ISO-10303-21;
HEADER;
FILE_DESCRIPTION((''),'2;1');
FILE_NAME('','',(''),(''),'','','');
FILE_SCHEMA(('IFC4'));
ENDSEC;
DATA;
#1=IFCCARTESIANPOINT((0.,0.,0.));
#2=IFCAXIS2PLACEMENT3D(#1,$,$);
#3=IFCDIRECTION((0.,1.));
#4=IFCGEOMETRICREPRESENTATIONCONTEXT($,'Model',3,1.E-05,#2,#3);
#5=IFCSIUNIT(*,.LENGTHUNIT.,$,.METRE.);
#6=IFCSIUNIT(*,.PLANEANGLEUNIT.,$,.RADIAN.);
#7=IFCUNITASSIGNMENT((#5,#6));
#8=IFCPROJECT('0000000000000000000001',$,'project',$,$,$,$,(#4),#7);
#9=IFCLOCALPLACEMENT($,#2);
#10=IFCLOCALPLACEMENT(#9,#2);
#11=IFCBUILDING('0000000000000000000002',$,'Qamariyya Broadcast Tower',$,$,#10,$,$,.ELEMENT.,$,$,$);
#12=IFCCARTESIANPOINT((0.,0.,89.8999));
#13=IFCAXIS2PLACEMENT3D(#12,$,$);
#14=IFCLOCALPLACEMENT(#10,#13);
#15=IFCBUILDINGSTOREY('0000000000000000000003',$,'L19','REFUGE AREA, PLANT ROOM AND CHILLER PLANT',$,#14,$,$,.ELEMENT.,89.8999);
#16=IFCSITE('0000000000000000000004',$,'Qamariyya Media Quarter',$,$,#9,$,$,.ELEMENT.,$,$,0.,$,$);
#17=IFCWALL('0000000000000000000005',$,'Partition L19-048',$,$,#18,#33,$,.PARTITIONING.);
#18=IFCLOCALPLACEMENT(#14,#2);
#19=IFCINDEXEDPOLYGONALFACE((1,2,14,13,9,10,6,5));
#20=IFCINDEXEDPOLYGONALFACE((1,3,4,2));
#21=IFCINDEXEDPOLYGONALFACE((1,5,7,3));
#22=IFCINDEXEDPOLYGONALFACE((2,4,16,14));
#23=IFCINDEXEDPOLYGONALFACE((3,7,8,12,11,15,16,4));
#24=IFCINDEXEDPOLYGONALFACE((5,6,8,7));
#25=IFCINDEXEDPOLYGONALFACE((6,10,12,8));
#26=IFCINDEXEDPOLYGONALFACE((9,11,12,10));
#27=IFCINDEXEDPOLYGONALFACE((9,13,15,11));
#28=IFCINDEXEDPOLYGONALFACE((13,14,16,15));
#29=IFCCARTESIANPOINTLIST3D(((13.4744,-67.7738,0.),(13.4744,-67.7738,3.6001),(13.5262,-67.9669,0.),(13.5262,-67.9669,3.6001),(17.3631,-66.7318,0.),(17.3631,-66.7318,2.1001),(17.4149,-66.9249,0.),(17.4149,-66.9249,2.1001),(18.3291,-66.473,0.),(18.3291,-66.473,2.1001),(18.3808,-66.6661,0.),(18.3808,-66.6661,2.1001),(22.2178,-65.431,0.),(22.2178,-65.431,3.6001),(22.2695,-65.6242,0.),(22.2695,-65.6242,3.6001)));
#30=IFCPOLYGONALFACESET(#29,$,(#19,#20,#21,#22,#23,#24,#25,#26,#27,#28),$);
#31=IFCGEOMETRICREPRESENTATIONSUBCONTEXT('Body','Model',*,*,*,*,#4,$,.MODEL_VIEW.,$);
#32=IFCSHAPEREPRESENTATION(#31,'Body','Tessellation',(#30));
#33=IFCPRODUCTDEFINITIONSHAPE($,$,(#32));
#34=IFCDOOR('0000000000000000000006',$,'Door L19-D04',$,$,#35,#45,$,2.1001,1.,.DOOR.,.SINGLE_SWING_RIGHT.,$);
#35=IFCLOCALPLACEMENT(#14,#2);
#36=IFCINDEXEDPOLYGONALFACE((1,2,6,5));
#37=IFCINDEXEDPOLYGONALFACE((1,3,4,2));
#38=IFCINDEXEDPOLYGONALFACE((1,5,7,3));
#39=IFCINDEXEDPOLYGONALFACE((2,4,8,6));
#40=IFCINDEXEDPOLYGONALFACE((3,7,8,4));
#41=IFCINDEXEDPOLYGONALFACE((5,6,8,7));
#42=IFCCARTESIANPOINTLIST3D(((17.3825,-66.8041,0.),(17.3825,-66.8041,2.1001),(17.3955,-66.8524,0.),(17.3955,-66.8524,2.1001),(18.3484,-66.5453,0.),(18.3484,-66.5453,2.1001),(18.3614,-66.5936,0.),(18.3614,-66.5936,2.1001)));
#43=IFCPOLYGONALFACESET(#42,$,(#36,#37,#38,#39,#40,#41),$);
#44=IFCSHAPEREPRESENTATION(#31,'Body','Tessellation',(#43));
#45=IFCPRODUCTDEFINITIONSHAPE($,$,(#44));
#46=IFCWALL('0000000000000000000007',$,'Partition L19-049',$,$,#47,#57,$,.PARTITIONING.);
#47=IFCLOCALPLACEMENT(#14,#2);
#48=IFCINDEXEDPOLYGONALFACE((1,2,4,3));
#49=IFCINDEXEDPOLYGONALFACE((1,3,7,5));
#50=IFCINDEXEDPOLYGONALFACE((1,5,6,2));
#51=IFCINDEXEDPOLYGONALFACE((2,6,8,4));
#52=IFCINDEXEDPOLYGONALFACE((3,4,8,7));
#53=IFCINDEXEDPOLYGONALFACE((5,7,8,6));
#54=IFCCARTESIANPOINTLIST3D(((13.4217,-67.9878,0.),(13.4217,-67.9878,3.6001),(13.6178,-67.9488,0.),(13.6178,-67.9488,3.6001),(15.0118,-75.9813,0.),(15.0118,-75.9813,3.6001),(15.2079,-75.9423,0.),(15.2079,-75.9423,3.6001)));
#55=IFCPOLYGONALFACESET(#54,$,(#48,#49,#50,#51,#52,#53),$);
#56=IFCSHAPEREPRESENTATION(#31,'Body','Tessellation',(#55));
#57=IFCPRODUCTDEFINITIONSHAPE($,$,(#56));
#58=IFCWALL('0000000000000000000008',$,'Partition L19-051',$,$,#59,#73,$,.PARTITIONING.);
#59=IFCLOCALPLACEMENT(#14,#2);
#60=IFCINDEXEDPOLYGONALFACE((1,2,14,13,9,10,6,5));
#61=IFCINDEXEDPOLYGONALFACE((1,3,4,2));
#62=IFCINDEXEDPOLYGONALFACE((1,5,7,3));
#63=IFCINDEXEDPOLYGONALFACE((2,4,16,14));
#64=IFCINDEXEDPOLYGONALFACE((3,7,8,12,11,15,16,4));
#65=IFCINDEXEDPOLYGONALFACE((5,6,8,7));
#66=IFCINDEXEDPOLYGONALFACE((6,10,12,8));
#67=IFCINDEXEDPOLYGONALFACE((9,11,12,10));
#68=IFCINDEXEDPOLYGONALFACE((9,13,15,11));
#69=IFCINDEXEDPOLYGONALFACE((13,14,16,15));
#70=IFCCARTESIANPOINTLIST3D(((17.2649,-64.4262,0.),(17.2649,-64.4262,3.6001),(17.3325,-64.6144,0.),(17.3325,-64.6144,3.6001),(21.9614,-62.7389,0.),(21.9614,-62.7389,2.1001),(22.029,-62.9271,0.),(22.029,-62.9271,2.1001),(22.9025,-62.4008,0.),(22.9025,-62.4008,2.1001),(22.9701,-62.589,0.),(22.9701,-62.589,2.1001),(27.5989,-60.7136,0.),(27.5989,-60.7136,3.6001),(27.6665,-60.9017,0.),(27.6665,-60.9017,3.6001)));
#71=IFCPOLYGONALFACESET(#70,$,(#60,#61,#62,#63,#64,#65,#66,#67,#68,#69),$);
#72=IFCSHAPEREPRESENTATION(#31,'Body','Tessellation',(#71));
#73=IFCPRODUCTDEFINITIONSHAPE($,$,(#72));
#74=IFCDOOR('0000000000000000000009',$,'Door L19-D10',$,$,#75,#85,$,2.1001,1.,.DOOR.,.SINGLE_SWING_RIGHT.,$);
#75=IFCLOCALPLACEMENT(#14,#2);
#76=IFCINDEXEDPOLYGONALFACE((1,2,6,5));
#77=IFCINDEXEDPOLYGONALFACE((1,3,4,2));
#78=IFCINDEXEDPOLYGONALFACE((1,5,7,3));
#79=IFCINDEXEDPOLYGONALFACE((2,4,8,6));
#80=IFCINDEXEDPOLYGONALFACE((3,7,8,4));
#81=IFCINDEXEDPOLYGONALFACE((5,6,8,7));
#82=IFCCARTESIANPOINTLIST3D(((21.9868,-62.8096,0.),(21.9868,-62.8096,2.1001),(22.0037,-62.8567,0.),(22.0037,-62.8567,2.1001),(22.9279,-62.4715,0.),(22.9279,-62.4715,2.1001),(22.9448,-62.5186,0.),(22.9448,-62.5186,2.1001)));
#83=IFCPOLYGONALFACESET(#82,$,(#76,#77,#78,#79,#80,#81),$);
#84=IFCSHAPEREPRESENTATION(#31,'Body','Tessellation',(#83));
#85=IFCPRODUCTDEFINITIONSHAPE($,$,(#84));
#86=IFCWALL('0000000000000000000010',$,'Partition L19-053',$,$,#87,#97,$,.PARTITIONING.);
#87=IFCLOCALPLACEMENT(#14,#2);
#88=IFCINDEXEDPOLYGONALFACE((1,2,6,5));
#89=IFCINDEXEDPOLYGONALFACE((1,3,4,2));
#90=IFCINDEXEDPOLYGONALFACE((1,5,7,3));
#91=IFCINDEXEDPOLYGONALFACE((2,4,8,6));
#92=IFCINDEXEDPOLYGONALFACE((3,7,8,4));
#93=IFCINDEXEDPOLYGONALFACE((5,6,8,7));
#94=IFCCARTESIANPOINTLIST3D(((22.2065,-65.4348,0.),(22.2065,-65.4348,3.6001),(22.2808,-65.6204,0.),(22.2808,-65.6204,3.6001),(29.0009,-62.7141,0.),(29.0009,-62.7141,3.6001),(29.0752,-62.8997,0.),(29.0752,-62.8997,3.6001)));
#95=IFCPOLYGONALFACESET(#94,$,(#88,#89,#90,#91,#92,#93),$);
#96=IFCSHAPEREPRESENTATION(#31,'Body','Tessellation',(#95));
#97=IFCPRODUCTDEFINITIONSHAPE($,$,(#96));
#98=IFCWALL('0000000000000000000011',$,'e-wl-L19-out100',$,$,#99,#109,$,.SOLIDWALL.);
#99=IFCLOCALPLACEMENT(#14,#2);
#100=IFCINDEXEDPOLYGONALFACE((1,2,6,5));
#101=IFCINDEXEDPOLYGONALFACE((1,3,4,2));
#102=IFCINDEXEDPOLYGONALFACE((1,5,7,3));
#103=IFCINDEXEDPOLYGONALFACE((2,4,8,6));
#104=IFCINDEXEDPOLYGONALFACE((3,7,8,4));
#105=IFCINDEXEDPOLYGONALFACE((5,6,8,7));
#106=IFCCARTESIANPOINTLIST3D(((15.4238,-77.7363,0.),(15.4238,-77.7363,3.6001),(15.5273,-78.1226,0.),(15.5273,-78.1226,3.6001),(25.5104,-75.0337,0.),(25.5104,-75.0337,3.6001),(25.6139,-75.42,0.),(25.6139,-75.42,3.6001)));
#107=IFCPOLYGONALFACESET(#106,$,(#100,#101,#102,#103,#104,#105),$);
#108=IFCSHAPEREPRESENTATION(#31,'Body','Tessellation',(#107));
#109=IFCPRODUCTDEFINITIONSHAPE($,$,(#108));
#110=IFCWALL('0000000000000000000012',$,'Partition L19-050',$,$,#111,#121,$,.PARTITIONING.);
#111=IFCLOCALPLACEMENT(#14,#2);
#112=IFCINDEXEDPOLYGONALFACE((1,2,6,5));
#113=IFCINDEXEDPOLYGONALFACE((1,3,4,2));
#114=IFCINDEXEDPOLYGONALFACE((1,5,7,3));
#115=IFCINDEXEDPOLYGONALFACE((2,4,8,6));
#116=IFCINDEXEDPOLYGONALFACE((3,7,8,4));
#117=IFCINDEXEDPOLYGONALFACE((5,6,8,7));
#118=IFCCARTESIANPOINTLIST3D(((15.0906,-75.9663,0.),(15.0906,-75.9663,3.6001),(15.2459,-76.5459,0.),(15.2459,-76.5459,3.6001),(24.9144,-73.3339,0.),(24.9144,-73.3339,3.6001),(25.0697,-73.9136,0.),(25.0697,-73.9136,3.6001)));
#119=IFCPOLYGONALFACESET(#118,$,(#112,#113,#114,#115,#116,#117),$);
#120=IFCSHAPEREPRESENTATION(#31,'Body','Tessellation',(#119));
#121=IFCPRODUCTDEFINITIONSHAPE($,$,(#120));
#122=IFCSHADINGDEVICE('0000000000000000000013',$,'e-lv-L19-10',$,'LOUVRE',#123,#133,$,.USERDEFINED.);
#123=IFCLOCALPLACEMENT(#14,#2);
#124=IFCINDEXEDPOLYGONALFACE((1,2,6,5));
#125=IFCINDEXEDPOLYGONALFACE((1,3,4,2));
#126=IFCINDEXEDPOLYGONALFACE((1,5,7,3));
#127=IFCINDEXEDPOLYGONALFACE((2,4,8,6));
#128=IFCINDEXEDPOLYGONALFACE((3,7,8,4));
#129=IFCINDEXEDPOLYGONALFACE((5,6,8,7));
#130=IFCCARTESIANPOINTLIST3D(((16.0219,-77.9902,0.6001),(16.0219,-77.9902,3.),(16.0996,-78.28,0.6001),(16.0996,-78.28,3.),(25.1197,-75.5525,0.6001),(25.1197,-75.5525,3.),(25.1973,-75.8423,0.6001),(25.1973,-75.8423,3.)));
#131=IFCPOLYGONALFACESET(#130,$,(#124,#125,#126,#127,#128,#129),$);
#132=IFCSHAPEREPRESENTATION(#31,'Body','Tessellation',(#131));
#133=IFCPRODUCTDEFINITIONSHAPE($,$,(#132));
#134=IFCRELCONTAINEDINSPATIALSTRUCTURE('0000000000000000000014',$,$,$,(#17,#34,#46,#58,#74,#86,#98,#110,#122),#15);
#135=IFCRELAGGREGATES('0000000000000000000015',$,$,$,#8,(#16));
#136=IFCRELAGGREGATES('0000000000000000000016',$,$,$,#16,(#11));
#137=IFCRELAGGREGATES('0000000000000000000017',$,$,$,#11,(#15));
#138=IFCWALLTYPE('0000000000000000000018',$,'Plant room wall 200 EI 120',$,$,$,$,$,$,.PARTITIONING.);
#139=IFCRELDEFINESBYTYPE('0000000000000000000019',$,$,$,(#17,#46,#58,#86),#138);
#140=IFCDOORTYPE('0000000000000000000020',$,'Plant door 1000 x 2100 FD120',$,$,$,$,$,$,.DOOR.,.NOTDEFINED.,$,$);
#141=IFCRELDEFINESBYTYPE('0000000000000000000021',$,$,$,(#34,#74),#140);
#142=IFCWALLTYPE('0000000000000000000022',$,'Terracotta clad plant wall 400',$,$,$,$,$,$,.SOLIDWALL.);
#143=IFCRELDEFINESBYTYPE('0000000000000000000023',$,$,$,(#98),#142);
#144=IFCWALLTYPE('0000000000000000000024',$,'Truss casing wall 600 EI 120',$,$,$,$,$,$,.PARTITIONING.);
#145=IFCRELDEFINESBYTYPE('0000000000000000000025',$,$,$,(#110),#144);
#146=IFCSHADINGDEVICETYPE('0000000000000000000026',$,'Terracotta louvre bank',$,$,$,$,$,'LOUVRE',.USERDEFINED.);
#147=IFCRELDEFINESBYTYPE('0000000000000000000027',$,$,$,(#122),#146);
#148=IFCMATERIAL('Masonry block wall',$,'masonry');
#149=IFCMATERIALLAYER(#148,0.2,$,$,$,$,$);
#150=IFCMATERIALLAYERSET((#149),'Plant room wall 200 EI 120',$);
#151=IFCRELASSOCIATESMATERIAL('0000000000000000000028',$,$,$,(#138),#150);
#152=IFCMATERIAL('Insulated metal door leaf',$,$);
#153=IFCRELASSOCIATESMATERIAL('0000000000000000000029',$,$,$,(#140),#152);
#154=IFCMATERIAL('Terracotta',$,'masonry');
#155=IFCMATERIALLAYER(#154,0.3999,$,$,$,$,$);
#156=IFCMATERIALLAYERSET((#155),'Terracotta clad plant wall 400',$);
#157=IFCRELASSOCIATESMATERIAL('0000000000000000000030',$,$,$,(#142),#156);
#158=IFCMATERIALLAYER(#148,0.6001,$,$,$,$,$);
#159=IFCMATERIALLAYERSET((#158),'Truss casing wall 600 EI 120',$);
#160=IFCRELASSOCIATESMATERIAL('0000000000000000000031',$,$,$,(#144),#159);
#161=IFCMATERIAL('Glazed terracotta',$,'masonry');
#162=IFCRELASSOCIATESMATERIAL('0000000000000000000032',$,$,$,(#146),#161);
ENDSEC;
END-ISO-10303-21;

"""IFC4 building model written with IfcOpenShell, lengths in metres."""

from ifc_helpers import new_model, si_unit, direction, frame, frame_2d, origin, origin_2d, place, context, subcontext, project, spatial, rectangle, extrude, material, layer, layer_set, type_object, element, fill, save


model = new_model("IFC4")

# Units and contexts
model_context = context("Model", 3, precision=1e-05, world=origin(), true_north=direction((0.0, 1.0)))
body_context = subcontext(model_context, "Body", "Model", "MODEL_VIEW")
ifc_project = project(units=[si_unit("LENGTHUNIT", "METRE"), si_unit("PLANEANGLEUNIT", "RADIAN")], contexts=[model_context])

# Site, building, storey
site_placement = place(None, origin())
site = spatial("IfcSite", under=ifc_project, at=site_placement, Name="Qamariyya Media Quarter", CompositionType="ELEMENT", RefElevation=0.0)
building_placement = place(site_placement, origin())
building = spatial("IfcBuilding", under=site, at=building_placement, Name="Qamariyya Broadcast Tower", CompositionType="ELEMENT")
storey_placement = place(building_placement, frame((0.0, 0.0, 89.8999)))
storey = spatial("IfcBuildingStorey", under=building, at=storey_placement, Name="L19", Description="REFUGE AREA, PLANT ROOM AND CHILLER PLANT", CompositionType="ELEMENT", Elevation=89.8999)

# Wall, opening, door
ifc_material_1 = material(Name="Masonry block wall", Category="masonry")
ifc_layer_1 = layer(ifc_material_1, 0.2)
ifc_layer_set_1 = layer_set([ifc_layer_1], Name="Plant room wall 200 EI 120")
wall_type_1 = type_object("IfcWallType", Name="Plant room wall 200 EI 120", PredefinedType="PARTITIONING", material=ifc_layer_set_1)
wall_1_placement = place(storey_placement, frame((22.2437, -65.5276, 0.0), z_axis=(0.0, 0.0, 1.0), x_axis=(-0.965926, -0.258817, 0.0)))
wall_1 = element("IfcWall", 1, at=wall_1_placement, inside=storey, type_object=wall_type_1, Name="Partition L19-048", PredefinedType="PARTITIONING", context=body_context, shape_type="SweptSolid", body=[
    extrude(rectangle(XDim=9.0518, YDim=0.2, at=frame_2d((4.5259, 0.0))), origin(), (0.0, 0.0, 1.0), 3.6001),
])
opening_1_placement = place(wall_1_placement, frame((4.0259, 0.0, 0.0)))
opening_1 = element("IfcOpeningElement", 2, at=opening_1_placement, cuts=wall_1, PredefinedType="OPENING", context=body_context, shape_type="SweptSolid", body=[
    extrude(rectangle(XDim=1.0, YDim=2.1001, at=frame_2d((0.5, 1.05))), frame((0.0, 0.1099, 0.0), z_axis=(0.0, -1.0, 0.0), x_axis=(1.0, 0.0, 0.0)), (0.0, 0.0, 1.0), 0.22),
])
ifc_material_2 = material(Name="Insulated metal door leaf")
door_type = type_object("IfcDoorType", Name="Plant door 1000 x 2100 FD120", OperationType="NOTDEFINED", PredefinedType="DOOR", material=ifc_material_2)
door_1_placement = place(opening_1_placement, origin())
door_1 = element("IfcDoor", 3, at=door_1_placement, inside=storey, type_object=door_type, Name="Door L19-D04", OperationType="SINGLE_SWING_RIGHT", OverallHeight=2.1001, OverallWidth=1.0, PredefinedType="DOOR", context=body_context, shape_type="SweptSolid", body=[
    extrude(rectangle(XDim=1.0, YDim=2.1001, at=frame_2d((0.5, 1.05))), frame((0.0, 0.0249, 0.0), z_axis=(0.0, -1.0, 0.0), x_axis=(1.0, 0.0, 0.0)), (0.0, 0.0, 1.0), 0.05),
])
fill(opening_1, door_1)

# Wall
wall_2_placement = place(storey_placement, frame((15.1099, -75.9619, 0.0), z_axis=(0.0, 0.0, 1.0), x_axis=(-0.195102, 0.980783, 0.0)))
element("IfcWall", 4, at=wall_2_placement, inside=storey, type_object=wall_type_1, Name="Partition L19-049", PredefinedType="PARTITIONING", context=body_context, shape_type="SweptSolid", body=[
    extrude(rectangle(XDim=8.1501, YDim=0.2, at=frame_2d((4.0752, 0.0))), origin(), (0.0, 0.0, 1.0), 3.6001),
])

# Wall, opening, door
wall_3_placement = place(storey_placement, frame((17.2988, -64.5203, 0.0), z_axis=(0.0, 0.0, 1.0), x_axis=(0.941107, 0.338108, 0.0)))
wall_3 = element("IfcWall", 5, at=wall_3_placement, inside=storey, type_object=wall_type_1, Name="Partition L19-051", PredefinedType="PARTITIONING", context=body_context, shape_type="SweptSolid", body=[
    extrude(rectangle(XDim=10.9807, YDim=0.2, at=frame_2d((5.4902, 0.0))), origin(), (0.0, 0.0, 1.0), 3.6001),
])
opening_2_placement = place(wall_3_placement, frame((4.9902, 0.0, 0.0)))
opening_2 = element("IfcOpeningElement", 6, at=opening_2_placement, cuts=wall_3, PredefinedType="OPENING", context=body_context, shape_type="SweptSolid", body=[
    extrude(rectangle(XDim=1.0, YDim=2.1001, at=frame_2d((0.5, 1.05))), frame((0.0, 0.1099, 0.0), z_axis=(0.0, -1.0, 0.0), x_axis=(1.0, 0.0, 0.0)), (0.0, 0.0, 1.0), 0.22),
])
door_2_placement = place(opening_2_placement, origin())
door_2 = element("IfcDoor", 7, at=door_2_placement, inside=storey, type_object=door_type, Name="Door L19-D10", OperationType="SINGLE_SWING_RIGHT", OverallHeight=2.1001, OverallWidth=1.0, PredefinedType="DOOR", context=body_context, shape_type="SweptSolid", body=[
    extrude(rectangle(XDim=1.0, YDim=2.1001, at=frame_2d((0.5, 1.05))), frame((0.0, 0.0249, 0.0), z_axis=(0.0, -1.0, 0.0), x_axis=(1.0, 0.0, 0.0)), (0.0, 0.0, 1.0), 0.05),
])
fill(opening_2, door_2)

# Walls
wall_4_placement = place(storey_placement, frame((22.2437, -65.5276, 0.0), z_axis=(0.0, 0.0, 1.0), x_axis=(0.928339, 0.371736, 0.0)))
element("IfcWall", 8, at=wall_4_placement, inside=storey, type_object=wall_type_1, Name="Partition L19-053", PredefinedType="PARTITIONING", context=body_context, shape_type="SweptSolid", body=[
    extrude(rectangle(XDim=7.3188, YDim=0.2, at=frame_2d((3.6594, 0.0))), origin(), (0.0, 0.0, 1.0), 3.6001),
])
ifc_material_3 = material(Name="Terracotta", Category="masonry")
ifc_layer_2 = layer(ifc_material_3, 0.3999)
ifc_layer_set_2 = layer_set([ifc_layer_2], Name="Terracotta clad plant wall 400")
wall_type_2 = type_object("IfcWallType", Name="Terracotta clad plant wall 400", PredefinedType="SOLIDWALL", material=ifc_layer_set_2)
wall_5_placement = place(storey_placement, frame((15.4756, -77.9294, 0.0), z_axis=(0.0, 0.0, 1.0), x_axis=(0.965928, 0.258812, 0.0)))
element("IfcWall", 9, at=wall_5_placement, inside=storey, type_object=wall_type_2, Name="e-wl-L19-out100", PredefinedType="SOLIDWALL", context=body_context, shape_type="SweptSolid", body=[
    extrude(rectangle(XDim=10.4424, YDim=0.3999, at=frame_2d((5.2212, 0.0))), origin(), (0.0, 0.0, 1.0), 3.6001),
])
ifc_layer_3 = layer(ifc_material_1, 0.6001)
ifc_layer_set_3 = layer_set([ifc_layer_3], Name="Truss casing wall 600 EI 120")
wall_type_3 = type_object("IfcWallType", Name="Truss casing wall 600 EI 120", PredefinedType="PARTITIONING", material=ifc_layer_set_3)
wall_6_placement = place(storey_placement, frame((15.1682, -76.2561, 0.0), z_axis=(0.0, 0.0, 1.0), x_axis=(0.965924, 0.258825, 0.0)))
element("IfcWall", 10, at=wall_6_placement, inside=storey, type_object=wall_type_3, Name="Partition L19-050", PredefinedType="PARTITIONING", context=body_context, shape_type="SweptSolid", body=[
    extrude(rectangle(XDim=10.1704, YDim=0.6001, at=frame_2d((5.0852, 0.0))), origin(), (0.0, 0.0, 1.0), 3.6001),
])

# Shading device
ifc_material_4 = material(Name="Glazed terracotta", Category="masonry")
shading_device_type = type_object("IfcShadingDeviceType", Name="Terracotta louvre bank", ElementType="LOUVRE", PredefinedType="USERDEFINED", material=ifc_material_4)
shading_device_placement = place(storey_placement, frame((20.6096, -76.9163, 0.6001), z_axis=(0.0, 0.0, 1.0), x_axis=(0.965926, 0.258819, 0.0)))
element("IfcShadingDevice", 11, at=shading_device_placement, inside=storey, type_object=shading_device_type, Name="e-lv-L19-10", ObjectType="LOUVRE", PredefinedType="USERDEFINED", context=body_context, shape_type="SweptSolid", body=[
    extrude(rectangle(XDim=9.4187, YDim=0.3, at=origin_2d()), origin(), (0.0, 0.0, 1.0), 2.3999),
])

save(model, "model.ifc")
